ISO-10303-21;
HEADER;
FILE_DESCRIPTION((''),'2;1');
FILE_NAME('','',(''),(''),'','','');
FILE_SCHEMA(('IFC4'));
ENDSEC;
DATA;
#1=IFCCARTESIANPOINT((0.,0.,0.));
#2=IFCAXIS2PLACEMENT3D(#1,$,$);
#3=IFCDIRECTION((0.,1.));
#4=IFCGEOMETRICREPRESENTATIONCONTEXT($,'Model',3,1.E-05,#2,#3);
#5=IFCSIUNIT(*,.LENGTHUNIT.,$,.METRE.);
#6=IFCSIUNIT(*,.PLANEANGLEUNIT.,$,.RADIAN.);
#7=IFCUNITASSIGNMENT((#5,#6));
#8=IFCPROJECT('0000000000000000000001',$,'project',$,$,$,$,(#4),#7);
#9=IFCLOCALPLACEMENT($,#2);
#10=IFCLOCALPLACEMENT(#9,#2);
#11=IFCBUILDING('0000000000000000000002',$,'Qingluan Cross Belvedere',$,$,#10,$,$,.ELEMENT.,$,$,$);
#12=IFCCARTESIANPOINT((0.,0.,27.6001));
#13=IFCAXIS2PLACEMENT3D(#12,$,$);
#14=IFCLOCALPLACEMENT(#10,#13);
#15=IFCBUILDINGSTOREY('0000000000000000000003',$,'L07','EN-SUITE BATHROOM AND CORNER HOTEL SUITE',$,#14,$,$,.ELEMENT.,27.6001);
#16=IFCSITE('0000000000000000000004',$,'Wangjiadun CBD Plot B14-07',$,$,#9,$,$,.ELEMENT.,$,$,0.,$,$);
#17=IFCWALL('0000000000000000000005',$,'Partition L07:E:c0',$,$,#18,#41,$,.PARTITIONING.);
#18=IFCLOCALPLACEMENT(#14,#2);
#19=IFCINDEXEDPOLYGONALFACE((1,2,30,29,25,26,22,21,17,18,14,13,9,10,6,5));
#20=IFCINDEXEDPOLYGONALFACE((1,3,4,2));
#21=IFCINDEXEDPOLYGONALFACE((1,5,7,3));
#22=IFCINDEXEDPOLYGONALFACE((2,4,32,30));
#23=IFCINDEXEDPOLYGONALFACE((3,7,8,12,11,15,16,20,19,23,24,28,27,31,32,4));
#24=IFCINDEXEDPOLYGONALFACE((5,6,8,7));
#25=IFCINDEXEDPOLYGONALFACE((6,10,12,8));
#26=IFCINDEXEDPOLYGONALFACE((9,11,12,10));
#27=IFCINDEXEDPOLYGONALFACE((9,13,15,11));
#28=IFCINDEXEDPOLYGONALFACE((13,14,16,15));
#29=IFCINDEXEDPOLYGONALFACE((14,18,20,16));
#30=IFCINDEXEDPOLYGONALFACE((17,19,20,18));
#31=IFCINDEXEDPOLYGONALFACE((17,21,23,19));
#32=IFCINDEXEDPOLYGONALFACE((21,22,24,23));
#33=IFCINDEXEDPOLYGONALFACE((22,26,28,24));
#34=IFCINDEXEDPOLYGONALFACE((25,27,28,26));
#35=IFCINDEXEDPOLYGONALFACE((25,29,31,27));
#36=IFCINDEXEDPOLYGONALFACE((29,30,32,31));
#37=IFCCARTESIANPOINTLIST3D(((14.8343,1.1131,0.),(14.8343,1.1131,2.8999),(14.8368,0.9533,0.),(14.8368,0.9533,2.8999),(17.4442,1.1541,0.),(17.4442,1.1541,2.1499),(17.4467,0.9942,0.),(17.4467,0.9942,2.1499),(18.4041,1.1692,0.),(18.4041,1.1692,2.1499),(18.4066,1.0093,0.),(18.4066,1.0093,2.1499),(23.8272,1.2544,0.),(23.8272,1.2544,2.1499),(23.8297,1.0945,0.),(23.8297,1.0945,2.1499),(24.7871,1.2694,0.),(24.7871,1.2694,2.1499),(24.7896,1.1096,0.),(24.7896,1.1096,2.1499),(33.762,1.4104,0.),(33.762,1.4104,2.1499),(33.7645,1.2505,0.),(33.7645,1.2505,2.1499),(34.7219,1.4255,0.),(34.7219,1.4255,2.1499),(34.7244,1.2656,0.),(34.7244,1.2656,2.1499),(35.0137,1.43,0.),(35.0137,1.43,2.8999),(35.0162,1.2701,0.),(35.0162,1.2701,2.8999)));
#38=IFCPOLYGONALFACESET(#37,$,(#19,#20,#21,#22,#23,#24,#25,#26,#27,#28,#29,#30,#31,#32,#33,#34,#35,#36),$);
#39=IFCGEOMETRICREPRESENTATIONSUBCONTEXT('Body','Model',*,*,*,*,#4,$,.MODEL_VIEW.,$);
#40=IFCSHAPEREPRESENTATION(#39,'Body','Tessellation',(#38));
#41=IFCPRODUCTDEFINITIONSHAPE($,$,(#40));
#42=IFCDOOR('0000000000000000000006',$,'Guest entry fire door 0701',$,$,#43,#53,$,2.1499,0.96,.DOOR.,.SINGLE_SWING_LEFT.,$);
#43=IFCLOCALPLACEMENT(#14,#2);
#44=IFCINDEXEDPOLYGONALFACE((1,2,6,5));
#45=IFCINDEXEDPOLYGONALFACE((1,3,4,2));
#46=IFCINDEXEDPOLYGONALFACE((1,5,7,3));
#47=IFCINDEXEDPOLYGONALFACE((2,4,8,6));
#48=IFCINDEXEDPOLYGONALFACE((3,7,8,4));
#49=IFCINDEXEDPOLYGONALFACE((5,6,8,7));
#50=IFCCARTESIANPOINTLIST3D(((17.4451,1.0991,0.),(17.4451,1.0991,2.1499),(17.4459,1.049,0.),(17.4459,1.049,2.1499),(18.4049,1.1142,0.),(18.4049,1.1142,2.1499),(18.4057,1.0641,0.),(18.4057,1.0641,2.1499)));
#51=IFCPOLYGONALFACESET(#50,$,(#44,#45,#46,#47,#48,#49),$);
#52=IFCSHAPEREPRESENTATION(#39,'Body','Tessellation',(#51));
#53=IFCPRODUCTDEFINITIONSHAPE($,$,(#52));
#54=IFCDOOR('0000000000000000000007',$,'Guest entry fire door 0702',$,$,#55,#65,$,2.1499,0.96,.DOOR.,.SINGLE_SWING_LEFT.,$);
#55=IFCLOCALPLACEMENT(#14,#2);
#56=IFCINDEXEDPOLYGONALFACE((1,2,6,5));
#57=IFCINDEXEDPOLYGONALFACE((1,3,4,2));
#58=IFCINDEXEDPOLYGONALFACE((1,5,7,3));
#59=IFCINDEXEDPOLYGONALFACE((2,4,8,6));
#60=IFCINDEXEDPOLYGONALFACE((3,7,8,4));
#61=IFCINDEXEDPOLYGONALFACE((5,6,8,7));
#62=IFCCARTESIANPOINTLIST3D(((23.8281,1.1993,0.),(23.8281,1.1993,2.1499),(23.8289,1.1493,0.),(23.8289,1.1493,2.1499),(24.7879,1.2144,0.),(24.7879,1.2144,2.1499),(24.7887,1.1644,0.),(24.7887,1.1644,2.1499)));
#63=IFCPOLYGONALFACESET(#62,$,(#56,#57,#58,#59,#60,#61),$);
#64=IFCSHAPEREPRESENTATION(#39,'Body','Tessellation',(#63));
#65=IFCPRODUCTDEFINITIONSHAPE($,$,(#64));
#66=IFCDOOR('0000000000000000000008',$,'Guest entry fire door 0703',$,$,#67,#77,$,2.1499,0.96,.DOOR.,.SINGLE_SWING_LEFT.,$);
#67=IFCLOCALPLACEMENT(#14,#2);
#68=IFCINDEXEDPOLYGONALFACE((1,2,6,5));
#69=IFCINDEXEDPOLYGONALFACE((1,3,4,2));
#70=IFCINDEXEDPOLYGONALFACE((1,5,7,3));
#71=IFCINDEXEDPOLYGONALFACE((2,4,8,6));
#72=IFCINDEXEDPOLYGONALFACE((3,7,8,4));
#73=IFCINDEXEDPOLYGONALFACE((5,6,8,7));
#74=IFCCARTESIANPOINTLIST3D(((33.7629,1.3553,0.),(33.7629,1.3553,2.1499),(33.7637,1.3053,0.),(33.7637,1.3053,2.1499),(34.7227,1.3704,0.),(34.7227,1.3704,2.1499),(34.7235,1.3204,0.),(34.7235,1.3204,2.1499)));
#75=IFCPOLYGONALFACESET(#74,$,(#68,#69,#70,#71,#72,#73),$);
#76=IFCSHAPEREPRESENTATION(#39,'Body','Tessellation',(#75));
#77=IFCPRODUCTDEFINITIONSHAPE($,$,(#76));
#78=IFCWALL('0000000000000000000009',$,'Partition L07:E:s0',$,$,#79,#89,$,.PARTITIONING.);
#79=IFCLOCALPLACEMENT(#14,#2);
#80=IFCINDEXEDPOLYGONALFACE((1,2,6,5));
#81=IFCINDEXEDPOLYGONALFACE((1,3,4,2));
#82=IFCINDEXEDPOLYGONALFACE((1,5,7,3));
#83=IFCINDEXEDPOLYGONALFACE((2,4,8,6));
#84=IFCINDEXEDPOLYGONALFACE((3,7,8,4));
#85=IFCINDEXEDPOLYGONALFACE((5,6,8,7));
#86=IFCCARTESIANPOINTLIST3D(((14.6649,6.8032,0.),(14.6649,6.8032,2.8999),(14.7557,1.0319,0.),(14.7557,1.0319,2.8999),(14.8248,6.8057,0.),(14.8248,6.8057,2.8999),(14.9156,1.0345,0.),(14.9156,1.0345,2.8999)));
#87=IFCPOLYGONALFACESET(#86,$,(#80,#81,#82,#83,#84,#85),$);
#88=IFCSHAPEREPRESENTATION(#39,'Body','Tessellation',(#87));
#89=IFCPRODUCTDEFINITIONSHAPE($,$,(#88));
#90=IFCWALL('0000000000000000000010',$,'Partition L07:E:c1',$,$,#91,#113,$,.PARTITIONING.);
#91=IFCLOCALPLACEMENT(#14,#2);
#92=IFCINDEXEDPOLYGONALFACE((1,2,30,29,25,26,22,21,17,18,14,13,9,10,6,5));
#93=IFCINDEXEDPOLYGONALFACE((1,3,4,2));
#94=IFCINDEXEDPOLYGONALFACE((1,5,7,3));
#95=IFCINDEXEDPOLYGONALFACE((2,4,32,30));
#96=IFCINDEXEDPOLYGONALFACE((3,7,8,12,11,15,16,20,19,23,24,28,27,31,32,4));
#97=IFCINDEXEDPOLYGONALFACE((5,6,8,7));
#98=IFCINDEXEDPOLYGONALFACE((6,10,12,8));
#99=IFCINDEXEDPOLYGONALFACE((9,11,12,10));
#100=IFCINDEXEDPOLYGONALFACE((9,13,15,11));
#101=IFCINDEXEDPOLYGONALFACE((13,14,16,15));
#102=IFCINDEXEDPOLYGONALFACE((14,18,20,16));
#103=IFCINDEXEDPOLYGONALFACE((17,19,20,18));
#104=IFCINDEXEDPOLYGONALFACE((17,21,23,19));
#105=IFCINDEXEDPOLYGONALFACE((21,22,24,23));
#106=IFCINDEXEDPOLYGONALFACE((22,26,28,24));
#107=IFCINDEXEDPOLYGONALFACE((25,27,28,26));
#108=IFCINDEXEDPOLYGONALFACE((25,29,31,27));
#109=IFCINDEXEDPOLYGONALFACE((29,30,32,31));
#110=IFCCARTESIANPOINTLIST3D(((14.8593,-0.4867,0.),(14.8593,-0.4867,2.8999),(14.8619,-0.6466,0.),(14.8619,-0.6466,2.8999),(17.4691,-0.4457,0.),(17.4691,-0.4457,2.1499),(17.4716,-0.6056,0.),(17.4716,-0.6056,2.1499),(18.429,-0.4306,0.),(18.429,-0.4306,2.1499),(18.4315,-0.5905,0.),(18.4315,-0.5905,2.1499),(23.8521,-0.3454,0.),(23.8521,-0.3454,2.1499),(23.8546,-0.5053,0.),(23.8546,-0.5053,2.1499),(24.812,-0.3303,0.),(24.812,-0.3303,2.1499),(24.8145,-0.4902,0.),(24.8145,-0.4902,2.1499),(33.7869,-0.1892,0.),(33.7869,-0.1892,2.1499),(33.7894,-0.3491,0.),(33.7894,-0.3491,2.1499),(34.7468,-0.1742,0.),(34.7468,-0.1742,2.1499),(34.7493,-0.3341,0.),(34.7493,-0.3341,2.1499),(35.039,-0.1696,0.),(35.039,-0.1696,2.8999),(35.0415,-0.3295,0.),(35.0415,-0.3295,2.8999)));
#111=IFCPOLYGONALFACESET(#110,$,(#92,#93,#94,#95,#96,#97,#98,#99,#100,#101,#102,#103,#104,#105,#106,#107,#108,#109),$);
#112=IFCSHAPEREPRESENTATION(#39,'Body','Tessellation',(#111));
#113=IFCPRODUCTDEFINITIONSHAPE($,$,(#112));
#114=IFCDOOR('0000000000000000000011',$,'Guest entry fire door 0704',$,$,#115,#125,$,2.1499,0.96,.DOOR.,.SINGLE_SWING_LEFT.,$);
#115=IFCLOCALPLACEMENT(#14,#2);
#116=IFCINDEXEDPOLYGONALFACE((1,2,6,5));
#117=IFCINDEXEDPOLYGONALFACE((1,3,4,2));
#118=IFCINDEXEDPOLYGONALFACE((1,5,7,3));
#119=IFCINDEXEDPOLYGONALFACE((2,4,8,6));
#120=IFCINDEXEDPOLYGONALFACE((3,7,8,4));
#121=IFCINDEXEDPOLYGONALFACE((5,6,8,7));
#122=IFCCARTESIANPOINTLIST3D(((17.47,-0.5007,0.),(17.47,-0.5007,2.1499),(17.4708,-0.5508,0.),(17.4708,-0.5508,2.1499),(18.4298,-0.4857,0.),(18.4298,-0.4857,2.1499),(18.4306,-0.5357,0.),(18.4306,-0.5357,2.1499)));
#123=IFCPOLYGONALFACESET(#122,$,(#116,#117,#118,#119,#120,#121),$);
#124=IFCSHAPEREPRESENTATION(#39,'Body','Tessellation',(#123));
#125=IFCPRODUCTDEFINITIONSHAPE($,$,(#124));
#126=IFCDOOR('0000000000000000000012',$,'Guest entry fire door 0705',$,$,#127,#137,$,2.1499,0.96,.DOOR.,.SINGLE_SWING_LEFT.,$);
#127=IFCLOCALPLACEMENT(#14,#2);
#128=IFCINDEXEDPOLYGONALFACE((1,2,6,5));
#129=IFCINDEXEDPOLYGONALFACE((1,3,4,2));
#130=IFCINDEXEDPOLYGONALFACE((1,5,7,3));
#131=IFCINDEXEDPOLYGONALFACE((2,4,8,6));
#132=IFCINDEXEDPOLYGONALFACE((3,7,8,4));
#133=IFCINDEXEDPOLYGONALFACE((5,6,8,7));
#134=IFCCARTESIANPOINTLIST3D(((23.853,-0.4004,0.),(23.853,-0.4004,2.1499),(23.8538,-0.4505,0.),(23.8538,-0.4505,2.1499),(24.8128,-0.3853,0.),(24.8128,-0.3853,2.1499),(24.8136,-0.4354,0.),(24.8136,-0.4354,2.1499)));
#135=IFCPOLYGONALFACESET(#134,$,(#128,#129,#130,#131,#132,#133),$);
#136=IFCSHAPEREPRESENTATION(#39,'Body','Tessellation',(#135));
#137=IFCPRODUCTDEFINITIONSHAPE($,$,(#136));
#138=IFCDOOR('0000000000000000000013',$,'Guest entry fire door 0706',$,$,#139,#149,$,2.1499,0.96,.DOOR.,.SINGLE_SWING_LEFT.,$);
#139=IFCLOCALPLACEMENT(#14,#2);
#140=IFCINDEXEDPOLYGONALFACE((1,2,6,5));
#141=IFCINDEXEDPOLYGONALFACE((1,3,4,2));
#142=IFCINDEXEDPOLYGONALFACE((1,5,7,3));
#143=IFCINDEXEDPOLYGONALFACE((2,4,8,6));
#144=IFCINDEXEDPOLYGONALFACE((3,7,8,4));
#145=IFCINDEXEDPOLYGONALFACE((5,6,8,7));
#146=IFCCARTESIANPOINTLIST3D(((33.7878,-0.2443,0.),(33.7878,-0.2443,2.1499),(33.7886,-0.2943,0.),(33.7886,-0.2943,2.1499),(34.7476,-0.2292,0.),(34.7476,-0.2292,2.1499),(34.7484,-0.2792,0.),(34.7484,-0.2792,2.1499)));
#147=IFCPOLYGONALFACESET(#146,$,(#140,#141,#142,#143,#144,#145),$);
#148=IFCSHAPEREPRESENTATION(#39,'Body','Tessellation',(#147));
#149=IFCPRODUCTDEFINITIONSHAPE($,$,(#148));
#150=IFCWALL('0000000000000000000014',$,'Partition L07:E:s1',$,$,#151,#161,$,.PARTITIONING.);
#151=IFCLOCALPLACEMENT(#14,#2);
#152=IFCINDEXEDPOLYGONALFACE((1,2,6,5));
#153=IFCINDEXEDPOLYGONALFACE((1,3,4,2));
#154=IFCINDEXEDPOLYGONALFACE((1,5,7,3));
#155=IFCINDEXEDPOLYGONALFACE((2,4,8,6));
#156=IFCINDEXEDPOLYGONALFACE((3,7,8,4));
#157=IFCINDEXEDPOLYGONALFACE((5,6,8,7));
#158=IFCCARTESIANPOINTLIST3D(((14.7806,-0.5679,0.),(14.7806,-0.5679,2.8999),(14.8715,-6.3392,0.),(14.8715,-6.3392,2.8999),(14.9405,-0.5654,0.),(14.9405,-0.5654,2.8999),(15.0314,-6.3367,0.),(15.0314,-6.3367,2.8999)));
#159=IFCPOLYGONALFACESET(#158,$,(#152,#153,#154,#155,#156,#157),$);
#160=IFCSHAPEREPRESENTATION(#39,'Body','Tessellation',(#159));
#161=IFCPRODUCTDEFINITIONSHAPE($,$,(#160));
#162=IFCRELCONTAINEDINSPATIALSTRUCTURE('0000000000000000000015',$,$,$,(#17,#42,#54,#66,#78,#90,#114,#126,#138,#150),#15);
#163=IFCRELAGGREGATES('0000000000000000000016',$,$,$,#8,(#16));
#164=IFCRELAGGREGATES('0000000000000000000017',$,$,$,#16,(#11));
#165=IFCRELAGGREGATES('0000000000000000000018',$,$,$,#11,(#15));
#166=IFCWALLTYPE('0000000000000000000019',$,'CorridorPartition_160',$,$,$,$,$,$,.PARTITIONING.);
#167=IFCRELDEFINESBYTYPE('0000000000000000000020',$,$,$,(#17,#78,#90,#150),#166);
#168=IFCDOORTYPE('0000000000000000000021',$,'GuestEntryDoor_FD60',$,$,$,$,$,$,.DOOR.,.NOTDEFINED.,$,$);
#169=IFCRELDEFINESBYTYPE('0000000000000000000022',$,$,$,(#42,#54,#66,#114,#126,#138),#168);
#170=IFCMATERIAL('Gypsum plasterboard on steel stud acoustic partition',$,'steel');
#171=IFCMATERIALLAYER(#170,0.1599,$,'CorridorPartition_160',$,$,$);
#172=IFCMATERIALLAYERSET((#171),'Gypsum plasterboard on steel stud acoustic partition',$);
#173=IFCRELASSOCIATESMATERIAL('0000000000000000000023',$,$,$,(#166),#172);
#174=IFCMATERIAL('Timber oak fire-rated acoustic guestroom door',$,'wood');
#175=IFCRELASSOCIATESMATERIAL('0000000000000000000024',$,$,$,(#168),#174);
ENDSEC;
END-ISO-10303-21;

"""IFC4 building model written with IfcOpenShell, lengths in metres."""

from ifc_helpers import new_model, si_unit, direction, frame, frame_2d, origin, place, context, subcontext, project, spatial, rectangle, extrude, material, layer, layer_set, type_object, element, fill, save


model = new_model("IFC4")

# Units and contexts
model_context = context("Model", 3, precision=1e-05, world=origin(), true_north=direction((0.0, 1.0)))
body_context = subcontext(model_context, "Body", "Model", "MODEL_VIEW")
ifc_project = project(units=[si_unit("LENGTHUNIT", "METRE"), si_unit("PLANEANGLEUNIT", "RADIAN")], contexts=[model_context])

# Site, building, storey
site_placement = place(None, origin())
site = spatial("IfcSite", under=ifc_project, at=site_placement, Name="Wangjiadun CBD Plot B14-07", CompositionType="ELEMENT", RefElevation=0.0)
building_placement = place(site_placement, origin())
building = spatial("IfcBuilding", under=site, at=building_placement, Name="Qingluan Cross Belvedere", CompositionType="ELEMENT")
storey_placement = place(building_placement, frame((0.0, 0.0, 27.6001)))
storey = spatial("IfcBuildingStorey", under=building, at=storey_placement, Name="L07", Description="EN-SUITE BATHROOM AND CORNER HOTEL SUITE", CompositionType="ELEMENT", Elevation=27.6001)

# Shared definitions
ifc_material_1 = material(Name="Gypsum plasterboard on steel stud acoustic partition", Category="steel")
ifc_layer_1 = layer(ifc_material_1, 0.1599, Name="CorridorPartition_160")
ifc_layer_set_1 = layer_set([ifc_layer_1], Name="Gypsum plasterboard on steel stud acoustic partition")
wall_type_1 = type_object("IfcWallType", Name="CorridorPartition_160", PredefinedType="PARTITIONING", material=ifc_layer_set_1)

# Wall, openings, doors
wall_1_placement = place(storey_placement, frame((14.8357, 1.0332, 0.0), z_axis=(0.0, 0.0, 1.0), x_axis=(0.999877, 0.015702, 0.0)))
wall_1 = element("IfcWall", 1, at=wall_1_placement, inside=storey, type_object=wall_type_1, Name="Partition L07:E:c0", PredefinedType="PARTITIONING", context=body_context, shape_type="SweptSolid", body=[
    extrude(rectangle(XDim=20.1819, YDim=0.1599, at=frame_2d((10.0908, 0.0))), origin(), (0.0, 0.0, 1.0), 2.8999),
])
opening_1_placement = place(wall_1_placement, frame((2.6101, 0.0, 0.0)))
opening_1 = element("IfcOpeningElement", 2, at=opening_1_placement, cuts=wall_1, PredefinedType="OPENING", context=body_context, shape_type="SweptSolid", body=[
    extrude(rectangle(XDim=0.96, YDim=2.1499, at=frame_2d((0.48, 1.075))), frame((0.0, 0.0898, 0.0), z_axis=(0.0, -1.0, 0.0), x_axis=(1.0, 0.0, 0.0)), (0.0, 0.0, 1.0), 0.1799),
])
opening_2_placement = place(wall_1_placement, frame((8.9939, 0.0, 0.0)))
opening_2 = element("IfcOpeningElement", 3, at=opening_2_placement, cuts=wall_1, PredefinedType="OPENING", context=body_context, shape_type="SweptSolid", body=[
    extrude(rectangle(XDim=0.96, YDim=2.1499, at=frame_2d((0.48, 1.075))), frame((0.0, 0.0898, 0.0), z_axis=(0.0, -1.0, 0.0), x_axis=(1.0, 0.0, 0.0)), (0.0, 0.0, 1.0), 0.1799),
])
opening_3_placement = place(wall_1_placement, frame((18.9299, 0.0, 0.0)))
opening_3 = element("IfcOpeningElement", 4, at=opening_3_placement, cuts=wall_1, PredefinedType="OPENING", context=body_context, shape_type="SweptSolid", body=[
    extrude(rectangle(XDim=0.96, YDim=2.1499, at=frame_2d((0.48, 1.075))), frame((0.0, 0.0898, 0.0), z_axis=(0.0, -1.0, 0.0), x_axis=(1.0, 0.0, 0.0)), (0.0, 0.0, 1.0), 0.1799),
])
ifc_material_2 = material(Name="Timber oak fire-rated acoustic guestroom door", Category="wood")
door_type_1 = type_object("IfcDoorType", Name="GuestEntryDoor_FD60", OperationType="NOTDEFINED", PredefinedType="DOOR", material=ifc_material_2)
door_1_placement = place(opening_1_placement, origin())
door_1 = element("IfcDoor", 5, at=door_1_placement, inside=storey, type_object=door_type_1, Name="Guest entry fire door 0701", OperationType="SINGLE_SWING_LEFT", OverallHeight=2.1499, OverallWidth=0.96, PredefinedType="DOOR", context=body_context, shape_type="SweptSolid", body=[
    extrude(rectangle(XDim=0.96, YDim=2.1499, at=frame_2d((0.48, 1.075))), frame((0.0, 0.0249, 0.0), z_axis=(0.0, -1.0, 0.0), x_axis=(1.0, 0.0, 0.0)), (0.0, 0.0, 1.0), 0.05),
])
fill(opening_1, door_1)
door_2_placement = place(opening_2_placement, origin())
door_2 = element("IfcDoor", 6, at=door_2_placement, inside=storey, type_object=door_type_1, Name="Guest entry fire door 0702", OperationType="SINGLE_SWING_LEFT", OverallHeight=2.1499, OverallWidth=0.96, PredefinedType="DOOR", context=body_context, shape_type="SweptSolid", body=[
    extrude(rectangle(XDim=0.96, YDim=2.1499, at=frame_2d((0.48, 1.075))), frame((0.0, 0.0249, 0.0), z_axis=(0.0, -1.0, 0.0), x_axis=(1.0, 0.0, 0.0)), (0.0, 0.0, 1.0), 0.05),
])
fill(opening_2, door_2)
door_3_placement = place(opening_3_placement, origin())
door_3 = element("IfcDoor", 7, at=door_3_placement, inside=storey, type_object=door_type_1, Name="Guest entry fire door 0703", OperationType="SINGLE_SWING_LEFT", OverallHeight=2.1499, OverallWidth=0.96, PredefinedType="DOOR", context=body_context, shape_type="SweptSolid", body=[
    extrude(rectangle(XDim=0.96, YDim=2.1499, at=frame_2d((0.48, 1.075))), frame((0.0, 0.0249, 0.0), z_axis=(0.0, -1.0, 0.0), x_axis=(1.0, 0.0, 0.0)), (0.0, 0.0, 1.0), 0.05),
])
fill(opening_3, door_3)

# Wall
wall_2_placement = place(storey_placement, frame((14.8357, 1.0332, 0.0), z_axis=(0.0, 0.0, 1.0), x_axis=(-0.015735, 0.999876, 0.0)))
element("IfcWall", 8, at=wall_2_placement, inside=storey, type_object=wall_type_1, Name="Partition L07:E:s0", PredefinedType="PARTITIONING", context=body_context, shape_type="SweptSolid", body=[
    extrude(rectangle(XDim=5.772, YDim=0.1599, at=frame_2d((2.886, 0.0))), origin(), (0.0, 0.0, 1.0), 2.8999),
])

# Wall, openings, doors
wall_3_placement = place(storey_placement, frame((14.8606, -0.5667, 0.0), z_axis=(0.0, 0.0, 1.0), x_axis=(0.999877, 0.015714, 0.0)))
wall_3 = element("IfcWall", 9, at=wall_3_placement, inside=storey, type_object=wall_type_1, Name="Partition L07:E:c1", PredefinedType="PARTITIONING", context=body_context, shape_type="SweptSolid", body=[
    extrude(rectangle(XDim=20.1821, YDim=0.1599, at=frame_2d((10.0911, 0.0))), origin(), (0.0, 0.0, 1.0), 2.8999),
])
opening_4_placement = place(wall_3_placement, frame((2.6101, 0.0, 0.0)))
opening_4 = element("IfcOpeningElement", 10, at=opening_4_placement, cuts=wall_3, PredefinedType="OPENING", context=body_context, shape_type="SweptSolid", body=[
    extrude(rectangle(XDim=0.96, YDim=2.1499, at=frame_2d((0.48, 1.075))), frame((0.0, 0.0898, 0.0), z_axis=(0.0, -1.0, 0.0), x_axis=(1.0, 0.0, 0.0)), (0.0, 0.0, 1.0), 0.1799),
])
opening_5_placement = place(wall_3_placement, frame((8.9939, 0.0, 0.0)))
opening_5 = element("IfcOpeningElement", 11, at=opening_5_placement, cuts=wall_3, PredefinedType="OPENING", context=body_context, shape_type="SweptSolid", body=[
    extrude(rectangle(XDim=0.96, YDim=2.1499, at=frame_2d((0.48, 1.075))), frame((0.0, 0.0898, 0.0), z_axis=(0.0, -1.0, 0.0), x_axis=(1.0, 0.0, 0.0)), (0.0, 0.0, 1.0), 0.1799),
])
opening_6_placement = place(wall_3_placement, frame((18.9299, 0.0, 0.0)))
opening_6 = element("IfcOpeningElement", 12, at=opening_6_placement, cuts=wall_3, PredefinedType="OPENING", context=body_context, shape_type="SweptSolid", body=[
    extrude(rectangle(XDim=0.96, YDim=2.1499, at=frame_2d((0.48, 1.075))), frame((0.0, 0.0898, 0.0), z_axis=(0.0, -1.0, 0.0), x_axis=(1.0, 0.0, 0.0)), (0.0, 0.0, 1.0), 0.1799),
])
door_4_placement = place(opening_4_placement, origin())
door_4 = element("IfcDoor", 13, at=door_4_placement, inside=storey, type_object=door_type_1, Name="Guest entry fire door 0704", OperationType="SINGLE_SWING_LEFT", OverallHeight=2.1499, OverallWidth=0.96, PredefinedType="DOOR", context=body_context, shape_type="SweptSolid", body=[
    extrude(rectangle(XDim=0.96, YDim=2.1499, at=frame_2d((0.48, 1.075))), frame((0.0, 0.0249, 0.0), z_axis=(0.0, -1.0, 0.0), x_axis=(1.0, 0.0, 0.0)), (0.0, 0.0, 1.0), 0.05),
])
fill(opening_4, door_4)
door_5_placement = place(opening_5_placement, origin())
door_5 = element("IfcDoor", 14, at=door_5_placement, inside=storey, type_object=door_type_1, Name="Guest entry fire door 0705", OperationType="SINGLE_SWING_LEFT", OverallHeight=2.1499, OverallWidth=0.96, PredefinedType="DOOR", context=body_context, shape_type="SweptSolid", body=[
    extrude(rectangle(XDim=0.96, YDim=2.1499, at=frame_2d((0.48, 1.075))), frame((0.0, 0.0249, 0.0), z_axis=(0.0, -1.0, 0.0), x_axis=(1.0, 0.0, 0.0)), (0.0, 0.0, 1.0), 0.05),
])
fill(opening_5, door_5)
door_6_placement = place(opening_6_placement, origin())
door_6 = element("IfcDoor", 15, at=door_6_placement, inside=storey, type_object=door_type_1, Name="Guest entry fire door 0706", OperationType="SINGLE_SWING_LEFT", OverallHeight=2.1499, OverallWidth=0.96, PredefinedType="DOOR", context=body_context, shape_type="SweptSolid", body=[
    extrude(rectangle(XDim=0.96, YDim=2.1499, at=frame_2d((0.48, 1.075))), frame((0.0, 0.0249, 0.0), z_axis=(0.0, -1.0, 0.0), x_axis=(1.0, 0.0, 0.0)), (0.0, 0.0, 1.0), 0.05),
])
fill(opening_6, door_6)

# Wall
wall_4_placement = place(storey_placement, frame((14.8606, -0.5667, 0.0), z_axis=(0.0, 0.0, 1.0), x_axis=(0.015735, -0.999876, 0.0)))
element("IfcWall", 16, at=wall_4_placement, inside=storey, type_object=wall_type_1, Name="Partition L07:E:s1", PredefinedType="PARTITIONING", context=body_context, shape_type="SweptSolid", body=[
    extrude(rectangle(XDim=5.772, YDim=0.1599, at=frame_2d((2.886, 0.0))), origin(), (0.0, 0.0, 1.0), 2.8999),
])

save(model, "model.ifc")
